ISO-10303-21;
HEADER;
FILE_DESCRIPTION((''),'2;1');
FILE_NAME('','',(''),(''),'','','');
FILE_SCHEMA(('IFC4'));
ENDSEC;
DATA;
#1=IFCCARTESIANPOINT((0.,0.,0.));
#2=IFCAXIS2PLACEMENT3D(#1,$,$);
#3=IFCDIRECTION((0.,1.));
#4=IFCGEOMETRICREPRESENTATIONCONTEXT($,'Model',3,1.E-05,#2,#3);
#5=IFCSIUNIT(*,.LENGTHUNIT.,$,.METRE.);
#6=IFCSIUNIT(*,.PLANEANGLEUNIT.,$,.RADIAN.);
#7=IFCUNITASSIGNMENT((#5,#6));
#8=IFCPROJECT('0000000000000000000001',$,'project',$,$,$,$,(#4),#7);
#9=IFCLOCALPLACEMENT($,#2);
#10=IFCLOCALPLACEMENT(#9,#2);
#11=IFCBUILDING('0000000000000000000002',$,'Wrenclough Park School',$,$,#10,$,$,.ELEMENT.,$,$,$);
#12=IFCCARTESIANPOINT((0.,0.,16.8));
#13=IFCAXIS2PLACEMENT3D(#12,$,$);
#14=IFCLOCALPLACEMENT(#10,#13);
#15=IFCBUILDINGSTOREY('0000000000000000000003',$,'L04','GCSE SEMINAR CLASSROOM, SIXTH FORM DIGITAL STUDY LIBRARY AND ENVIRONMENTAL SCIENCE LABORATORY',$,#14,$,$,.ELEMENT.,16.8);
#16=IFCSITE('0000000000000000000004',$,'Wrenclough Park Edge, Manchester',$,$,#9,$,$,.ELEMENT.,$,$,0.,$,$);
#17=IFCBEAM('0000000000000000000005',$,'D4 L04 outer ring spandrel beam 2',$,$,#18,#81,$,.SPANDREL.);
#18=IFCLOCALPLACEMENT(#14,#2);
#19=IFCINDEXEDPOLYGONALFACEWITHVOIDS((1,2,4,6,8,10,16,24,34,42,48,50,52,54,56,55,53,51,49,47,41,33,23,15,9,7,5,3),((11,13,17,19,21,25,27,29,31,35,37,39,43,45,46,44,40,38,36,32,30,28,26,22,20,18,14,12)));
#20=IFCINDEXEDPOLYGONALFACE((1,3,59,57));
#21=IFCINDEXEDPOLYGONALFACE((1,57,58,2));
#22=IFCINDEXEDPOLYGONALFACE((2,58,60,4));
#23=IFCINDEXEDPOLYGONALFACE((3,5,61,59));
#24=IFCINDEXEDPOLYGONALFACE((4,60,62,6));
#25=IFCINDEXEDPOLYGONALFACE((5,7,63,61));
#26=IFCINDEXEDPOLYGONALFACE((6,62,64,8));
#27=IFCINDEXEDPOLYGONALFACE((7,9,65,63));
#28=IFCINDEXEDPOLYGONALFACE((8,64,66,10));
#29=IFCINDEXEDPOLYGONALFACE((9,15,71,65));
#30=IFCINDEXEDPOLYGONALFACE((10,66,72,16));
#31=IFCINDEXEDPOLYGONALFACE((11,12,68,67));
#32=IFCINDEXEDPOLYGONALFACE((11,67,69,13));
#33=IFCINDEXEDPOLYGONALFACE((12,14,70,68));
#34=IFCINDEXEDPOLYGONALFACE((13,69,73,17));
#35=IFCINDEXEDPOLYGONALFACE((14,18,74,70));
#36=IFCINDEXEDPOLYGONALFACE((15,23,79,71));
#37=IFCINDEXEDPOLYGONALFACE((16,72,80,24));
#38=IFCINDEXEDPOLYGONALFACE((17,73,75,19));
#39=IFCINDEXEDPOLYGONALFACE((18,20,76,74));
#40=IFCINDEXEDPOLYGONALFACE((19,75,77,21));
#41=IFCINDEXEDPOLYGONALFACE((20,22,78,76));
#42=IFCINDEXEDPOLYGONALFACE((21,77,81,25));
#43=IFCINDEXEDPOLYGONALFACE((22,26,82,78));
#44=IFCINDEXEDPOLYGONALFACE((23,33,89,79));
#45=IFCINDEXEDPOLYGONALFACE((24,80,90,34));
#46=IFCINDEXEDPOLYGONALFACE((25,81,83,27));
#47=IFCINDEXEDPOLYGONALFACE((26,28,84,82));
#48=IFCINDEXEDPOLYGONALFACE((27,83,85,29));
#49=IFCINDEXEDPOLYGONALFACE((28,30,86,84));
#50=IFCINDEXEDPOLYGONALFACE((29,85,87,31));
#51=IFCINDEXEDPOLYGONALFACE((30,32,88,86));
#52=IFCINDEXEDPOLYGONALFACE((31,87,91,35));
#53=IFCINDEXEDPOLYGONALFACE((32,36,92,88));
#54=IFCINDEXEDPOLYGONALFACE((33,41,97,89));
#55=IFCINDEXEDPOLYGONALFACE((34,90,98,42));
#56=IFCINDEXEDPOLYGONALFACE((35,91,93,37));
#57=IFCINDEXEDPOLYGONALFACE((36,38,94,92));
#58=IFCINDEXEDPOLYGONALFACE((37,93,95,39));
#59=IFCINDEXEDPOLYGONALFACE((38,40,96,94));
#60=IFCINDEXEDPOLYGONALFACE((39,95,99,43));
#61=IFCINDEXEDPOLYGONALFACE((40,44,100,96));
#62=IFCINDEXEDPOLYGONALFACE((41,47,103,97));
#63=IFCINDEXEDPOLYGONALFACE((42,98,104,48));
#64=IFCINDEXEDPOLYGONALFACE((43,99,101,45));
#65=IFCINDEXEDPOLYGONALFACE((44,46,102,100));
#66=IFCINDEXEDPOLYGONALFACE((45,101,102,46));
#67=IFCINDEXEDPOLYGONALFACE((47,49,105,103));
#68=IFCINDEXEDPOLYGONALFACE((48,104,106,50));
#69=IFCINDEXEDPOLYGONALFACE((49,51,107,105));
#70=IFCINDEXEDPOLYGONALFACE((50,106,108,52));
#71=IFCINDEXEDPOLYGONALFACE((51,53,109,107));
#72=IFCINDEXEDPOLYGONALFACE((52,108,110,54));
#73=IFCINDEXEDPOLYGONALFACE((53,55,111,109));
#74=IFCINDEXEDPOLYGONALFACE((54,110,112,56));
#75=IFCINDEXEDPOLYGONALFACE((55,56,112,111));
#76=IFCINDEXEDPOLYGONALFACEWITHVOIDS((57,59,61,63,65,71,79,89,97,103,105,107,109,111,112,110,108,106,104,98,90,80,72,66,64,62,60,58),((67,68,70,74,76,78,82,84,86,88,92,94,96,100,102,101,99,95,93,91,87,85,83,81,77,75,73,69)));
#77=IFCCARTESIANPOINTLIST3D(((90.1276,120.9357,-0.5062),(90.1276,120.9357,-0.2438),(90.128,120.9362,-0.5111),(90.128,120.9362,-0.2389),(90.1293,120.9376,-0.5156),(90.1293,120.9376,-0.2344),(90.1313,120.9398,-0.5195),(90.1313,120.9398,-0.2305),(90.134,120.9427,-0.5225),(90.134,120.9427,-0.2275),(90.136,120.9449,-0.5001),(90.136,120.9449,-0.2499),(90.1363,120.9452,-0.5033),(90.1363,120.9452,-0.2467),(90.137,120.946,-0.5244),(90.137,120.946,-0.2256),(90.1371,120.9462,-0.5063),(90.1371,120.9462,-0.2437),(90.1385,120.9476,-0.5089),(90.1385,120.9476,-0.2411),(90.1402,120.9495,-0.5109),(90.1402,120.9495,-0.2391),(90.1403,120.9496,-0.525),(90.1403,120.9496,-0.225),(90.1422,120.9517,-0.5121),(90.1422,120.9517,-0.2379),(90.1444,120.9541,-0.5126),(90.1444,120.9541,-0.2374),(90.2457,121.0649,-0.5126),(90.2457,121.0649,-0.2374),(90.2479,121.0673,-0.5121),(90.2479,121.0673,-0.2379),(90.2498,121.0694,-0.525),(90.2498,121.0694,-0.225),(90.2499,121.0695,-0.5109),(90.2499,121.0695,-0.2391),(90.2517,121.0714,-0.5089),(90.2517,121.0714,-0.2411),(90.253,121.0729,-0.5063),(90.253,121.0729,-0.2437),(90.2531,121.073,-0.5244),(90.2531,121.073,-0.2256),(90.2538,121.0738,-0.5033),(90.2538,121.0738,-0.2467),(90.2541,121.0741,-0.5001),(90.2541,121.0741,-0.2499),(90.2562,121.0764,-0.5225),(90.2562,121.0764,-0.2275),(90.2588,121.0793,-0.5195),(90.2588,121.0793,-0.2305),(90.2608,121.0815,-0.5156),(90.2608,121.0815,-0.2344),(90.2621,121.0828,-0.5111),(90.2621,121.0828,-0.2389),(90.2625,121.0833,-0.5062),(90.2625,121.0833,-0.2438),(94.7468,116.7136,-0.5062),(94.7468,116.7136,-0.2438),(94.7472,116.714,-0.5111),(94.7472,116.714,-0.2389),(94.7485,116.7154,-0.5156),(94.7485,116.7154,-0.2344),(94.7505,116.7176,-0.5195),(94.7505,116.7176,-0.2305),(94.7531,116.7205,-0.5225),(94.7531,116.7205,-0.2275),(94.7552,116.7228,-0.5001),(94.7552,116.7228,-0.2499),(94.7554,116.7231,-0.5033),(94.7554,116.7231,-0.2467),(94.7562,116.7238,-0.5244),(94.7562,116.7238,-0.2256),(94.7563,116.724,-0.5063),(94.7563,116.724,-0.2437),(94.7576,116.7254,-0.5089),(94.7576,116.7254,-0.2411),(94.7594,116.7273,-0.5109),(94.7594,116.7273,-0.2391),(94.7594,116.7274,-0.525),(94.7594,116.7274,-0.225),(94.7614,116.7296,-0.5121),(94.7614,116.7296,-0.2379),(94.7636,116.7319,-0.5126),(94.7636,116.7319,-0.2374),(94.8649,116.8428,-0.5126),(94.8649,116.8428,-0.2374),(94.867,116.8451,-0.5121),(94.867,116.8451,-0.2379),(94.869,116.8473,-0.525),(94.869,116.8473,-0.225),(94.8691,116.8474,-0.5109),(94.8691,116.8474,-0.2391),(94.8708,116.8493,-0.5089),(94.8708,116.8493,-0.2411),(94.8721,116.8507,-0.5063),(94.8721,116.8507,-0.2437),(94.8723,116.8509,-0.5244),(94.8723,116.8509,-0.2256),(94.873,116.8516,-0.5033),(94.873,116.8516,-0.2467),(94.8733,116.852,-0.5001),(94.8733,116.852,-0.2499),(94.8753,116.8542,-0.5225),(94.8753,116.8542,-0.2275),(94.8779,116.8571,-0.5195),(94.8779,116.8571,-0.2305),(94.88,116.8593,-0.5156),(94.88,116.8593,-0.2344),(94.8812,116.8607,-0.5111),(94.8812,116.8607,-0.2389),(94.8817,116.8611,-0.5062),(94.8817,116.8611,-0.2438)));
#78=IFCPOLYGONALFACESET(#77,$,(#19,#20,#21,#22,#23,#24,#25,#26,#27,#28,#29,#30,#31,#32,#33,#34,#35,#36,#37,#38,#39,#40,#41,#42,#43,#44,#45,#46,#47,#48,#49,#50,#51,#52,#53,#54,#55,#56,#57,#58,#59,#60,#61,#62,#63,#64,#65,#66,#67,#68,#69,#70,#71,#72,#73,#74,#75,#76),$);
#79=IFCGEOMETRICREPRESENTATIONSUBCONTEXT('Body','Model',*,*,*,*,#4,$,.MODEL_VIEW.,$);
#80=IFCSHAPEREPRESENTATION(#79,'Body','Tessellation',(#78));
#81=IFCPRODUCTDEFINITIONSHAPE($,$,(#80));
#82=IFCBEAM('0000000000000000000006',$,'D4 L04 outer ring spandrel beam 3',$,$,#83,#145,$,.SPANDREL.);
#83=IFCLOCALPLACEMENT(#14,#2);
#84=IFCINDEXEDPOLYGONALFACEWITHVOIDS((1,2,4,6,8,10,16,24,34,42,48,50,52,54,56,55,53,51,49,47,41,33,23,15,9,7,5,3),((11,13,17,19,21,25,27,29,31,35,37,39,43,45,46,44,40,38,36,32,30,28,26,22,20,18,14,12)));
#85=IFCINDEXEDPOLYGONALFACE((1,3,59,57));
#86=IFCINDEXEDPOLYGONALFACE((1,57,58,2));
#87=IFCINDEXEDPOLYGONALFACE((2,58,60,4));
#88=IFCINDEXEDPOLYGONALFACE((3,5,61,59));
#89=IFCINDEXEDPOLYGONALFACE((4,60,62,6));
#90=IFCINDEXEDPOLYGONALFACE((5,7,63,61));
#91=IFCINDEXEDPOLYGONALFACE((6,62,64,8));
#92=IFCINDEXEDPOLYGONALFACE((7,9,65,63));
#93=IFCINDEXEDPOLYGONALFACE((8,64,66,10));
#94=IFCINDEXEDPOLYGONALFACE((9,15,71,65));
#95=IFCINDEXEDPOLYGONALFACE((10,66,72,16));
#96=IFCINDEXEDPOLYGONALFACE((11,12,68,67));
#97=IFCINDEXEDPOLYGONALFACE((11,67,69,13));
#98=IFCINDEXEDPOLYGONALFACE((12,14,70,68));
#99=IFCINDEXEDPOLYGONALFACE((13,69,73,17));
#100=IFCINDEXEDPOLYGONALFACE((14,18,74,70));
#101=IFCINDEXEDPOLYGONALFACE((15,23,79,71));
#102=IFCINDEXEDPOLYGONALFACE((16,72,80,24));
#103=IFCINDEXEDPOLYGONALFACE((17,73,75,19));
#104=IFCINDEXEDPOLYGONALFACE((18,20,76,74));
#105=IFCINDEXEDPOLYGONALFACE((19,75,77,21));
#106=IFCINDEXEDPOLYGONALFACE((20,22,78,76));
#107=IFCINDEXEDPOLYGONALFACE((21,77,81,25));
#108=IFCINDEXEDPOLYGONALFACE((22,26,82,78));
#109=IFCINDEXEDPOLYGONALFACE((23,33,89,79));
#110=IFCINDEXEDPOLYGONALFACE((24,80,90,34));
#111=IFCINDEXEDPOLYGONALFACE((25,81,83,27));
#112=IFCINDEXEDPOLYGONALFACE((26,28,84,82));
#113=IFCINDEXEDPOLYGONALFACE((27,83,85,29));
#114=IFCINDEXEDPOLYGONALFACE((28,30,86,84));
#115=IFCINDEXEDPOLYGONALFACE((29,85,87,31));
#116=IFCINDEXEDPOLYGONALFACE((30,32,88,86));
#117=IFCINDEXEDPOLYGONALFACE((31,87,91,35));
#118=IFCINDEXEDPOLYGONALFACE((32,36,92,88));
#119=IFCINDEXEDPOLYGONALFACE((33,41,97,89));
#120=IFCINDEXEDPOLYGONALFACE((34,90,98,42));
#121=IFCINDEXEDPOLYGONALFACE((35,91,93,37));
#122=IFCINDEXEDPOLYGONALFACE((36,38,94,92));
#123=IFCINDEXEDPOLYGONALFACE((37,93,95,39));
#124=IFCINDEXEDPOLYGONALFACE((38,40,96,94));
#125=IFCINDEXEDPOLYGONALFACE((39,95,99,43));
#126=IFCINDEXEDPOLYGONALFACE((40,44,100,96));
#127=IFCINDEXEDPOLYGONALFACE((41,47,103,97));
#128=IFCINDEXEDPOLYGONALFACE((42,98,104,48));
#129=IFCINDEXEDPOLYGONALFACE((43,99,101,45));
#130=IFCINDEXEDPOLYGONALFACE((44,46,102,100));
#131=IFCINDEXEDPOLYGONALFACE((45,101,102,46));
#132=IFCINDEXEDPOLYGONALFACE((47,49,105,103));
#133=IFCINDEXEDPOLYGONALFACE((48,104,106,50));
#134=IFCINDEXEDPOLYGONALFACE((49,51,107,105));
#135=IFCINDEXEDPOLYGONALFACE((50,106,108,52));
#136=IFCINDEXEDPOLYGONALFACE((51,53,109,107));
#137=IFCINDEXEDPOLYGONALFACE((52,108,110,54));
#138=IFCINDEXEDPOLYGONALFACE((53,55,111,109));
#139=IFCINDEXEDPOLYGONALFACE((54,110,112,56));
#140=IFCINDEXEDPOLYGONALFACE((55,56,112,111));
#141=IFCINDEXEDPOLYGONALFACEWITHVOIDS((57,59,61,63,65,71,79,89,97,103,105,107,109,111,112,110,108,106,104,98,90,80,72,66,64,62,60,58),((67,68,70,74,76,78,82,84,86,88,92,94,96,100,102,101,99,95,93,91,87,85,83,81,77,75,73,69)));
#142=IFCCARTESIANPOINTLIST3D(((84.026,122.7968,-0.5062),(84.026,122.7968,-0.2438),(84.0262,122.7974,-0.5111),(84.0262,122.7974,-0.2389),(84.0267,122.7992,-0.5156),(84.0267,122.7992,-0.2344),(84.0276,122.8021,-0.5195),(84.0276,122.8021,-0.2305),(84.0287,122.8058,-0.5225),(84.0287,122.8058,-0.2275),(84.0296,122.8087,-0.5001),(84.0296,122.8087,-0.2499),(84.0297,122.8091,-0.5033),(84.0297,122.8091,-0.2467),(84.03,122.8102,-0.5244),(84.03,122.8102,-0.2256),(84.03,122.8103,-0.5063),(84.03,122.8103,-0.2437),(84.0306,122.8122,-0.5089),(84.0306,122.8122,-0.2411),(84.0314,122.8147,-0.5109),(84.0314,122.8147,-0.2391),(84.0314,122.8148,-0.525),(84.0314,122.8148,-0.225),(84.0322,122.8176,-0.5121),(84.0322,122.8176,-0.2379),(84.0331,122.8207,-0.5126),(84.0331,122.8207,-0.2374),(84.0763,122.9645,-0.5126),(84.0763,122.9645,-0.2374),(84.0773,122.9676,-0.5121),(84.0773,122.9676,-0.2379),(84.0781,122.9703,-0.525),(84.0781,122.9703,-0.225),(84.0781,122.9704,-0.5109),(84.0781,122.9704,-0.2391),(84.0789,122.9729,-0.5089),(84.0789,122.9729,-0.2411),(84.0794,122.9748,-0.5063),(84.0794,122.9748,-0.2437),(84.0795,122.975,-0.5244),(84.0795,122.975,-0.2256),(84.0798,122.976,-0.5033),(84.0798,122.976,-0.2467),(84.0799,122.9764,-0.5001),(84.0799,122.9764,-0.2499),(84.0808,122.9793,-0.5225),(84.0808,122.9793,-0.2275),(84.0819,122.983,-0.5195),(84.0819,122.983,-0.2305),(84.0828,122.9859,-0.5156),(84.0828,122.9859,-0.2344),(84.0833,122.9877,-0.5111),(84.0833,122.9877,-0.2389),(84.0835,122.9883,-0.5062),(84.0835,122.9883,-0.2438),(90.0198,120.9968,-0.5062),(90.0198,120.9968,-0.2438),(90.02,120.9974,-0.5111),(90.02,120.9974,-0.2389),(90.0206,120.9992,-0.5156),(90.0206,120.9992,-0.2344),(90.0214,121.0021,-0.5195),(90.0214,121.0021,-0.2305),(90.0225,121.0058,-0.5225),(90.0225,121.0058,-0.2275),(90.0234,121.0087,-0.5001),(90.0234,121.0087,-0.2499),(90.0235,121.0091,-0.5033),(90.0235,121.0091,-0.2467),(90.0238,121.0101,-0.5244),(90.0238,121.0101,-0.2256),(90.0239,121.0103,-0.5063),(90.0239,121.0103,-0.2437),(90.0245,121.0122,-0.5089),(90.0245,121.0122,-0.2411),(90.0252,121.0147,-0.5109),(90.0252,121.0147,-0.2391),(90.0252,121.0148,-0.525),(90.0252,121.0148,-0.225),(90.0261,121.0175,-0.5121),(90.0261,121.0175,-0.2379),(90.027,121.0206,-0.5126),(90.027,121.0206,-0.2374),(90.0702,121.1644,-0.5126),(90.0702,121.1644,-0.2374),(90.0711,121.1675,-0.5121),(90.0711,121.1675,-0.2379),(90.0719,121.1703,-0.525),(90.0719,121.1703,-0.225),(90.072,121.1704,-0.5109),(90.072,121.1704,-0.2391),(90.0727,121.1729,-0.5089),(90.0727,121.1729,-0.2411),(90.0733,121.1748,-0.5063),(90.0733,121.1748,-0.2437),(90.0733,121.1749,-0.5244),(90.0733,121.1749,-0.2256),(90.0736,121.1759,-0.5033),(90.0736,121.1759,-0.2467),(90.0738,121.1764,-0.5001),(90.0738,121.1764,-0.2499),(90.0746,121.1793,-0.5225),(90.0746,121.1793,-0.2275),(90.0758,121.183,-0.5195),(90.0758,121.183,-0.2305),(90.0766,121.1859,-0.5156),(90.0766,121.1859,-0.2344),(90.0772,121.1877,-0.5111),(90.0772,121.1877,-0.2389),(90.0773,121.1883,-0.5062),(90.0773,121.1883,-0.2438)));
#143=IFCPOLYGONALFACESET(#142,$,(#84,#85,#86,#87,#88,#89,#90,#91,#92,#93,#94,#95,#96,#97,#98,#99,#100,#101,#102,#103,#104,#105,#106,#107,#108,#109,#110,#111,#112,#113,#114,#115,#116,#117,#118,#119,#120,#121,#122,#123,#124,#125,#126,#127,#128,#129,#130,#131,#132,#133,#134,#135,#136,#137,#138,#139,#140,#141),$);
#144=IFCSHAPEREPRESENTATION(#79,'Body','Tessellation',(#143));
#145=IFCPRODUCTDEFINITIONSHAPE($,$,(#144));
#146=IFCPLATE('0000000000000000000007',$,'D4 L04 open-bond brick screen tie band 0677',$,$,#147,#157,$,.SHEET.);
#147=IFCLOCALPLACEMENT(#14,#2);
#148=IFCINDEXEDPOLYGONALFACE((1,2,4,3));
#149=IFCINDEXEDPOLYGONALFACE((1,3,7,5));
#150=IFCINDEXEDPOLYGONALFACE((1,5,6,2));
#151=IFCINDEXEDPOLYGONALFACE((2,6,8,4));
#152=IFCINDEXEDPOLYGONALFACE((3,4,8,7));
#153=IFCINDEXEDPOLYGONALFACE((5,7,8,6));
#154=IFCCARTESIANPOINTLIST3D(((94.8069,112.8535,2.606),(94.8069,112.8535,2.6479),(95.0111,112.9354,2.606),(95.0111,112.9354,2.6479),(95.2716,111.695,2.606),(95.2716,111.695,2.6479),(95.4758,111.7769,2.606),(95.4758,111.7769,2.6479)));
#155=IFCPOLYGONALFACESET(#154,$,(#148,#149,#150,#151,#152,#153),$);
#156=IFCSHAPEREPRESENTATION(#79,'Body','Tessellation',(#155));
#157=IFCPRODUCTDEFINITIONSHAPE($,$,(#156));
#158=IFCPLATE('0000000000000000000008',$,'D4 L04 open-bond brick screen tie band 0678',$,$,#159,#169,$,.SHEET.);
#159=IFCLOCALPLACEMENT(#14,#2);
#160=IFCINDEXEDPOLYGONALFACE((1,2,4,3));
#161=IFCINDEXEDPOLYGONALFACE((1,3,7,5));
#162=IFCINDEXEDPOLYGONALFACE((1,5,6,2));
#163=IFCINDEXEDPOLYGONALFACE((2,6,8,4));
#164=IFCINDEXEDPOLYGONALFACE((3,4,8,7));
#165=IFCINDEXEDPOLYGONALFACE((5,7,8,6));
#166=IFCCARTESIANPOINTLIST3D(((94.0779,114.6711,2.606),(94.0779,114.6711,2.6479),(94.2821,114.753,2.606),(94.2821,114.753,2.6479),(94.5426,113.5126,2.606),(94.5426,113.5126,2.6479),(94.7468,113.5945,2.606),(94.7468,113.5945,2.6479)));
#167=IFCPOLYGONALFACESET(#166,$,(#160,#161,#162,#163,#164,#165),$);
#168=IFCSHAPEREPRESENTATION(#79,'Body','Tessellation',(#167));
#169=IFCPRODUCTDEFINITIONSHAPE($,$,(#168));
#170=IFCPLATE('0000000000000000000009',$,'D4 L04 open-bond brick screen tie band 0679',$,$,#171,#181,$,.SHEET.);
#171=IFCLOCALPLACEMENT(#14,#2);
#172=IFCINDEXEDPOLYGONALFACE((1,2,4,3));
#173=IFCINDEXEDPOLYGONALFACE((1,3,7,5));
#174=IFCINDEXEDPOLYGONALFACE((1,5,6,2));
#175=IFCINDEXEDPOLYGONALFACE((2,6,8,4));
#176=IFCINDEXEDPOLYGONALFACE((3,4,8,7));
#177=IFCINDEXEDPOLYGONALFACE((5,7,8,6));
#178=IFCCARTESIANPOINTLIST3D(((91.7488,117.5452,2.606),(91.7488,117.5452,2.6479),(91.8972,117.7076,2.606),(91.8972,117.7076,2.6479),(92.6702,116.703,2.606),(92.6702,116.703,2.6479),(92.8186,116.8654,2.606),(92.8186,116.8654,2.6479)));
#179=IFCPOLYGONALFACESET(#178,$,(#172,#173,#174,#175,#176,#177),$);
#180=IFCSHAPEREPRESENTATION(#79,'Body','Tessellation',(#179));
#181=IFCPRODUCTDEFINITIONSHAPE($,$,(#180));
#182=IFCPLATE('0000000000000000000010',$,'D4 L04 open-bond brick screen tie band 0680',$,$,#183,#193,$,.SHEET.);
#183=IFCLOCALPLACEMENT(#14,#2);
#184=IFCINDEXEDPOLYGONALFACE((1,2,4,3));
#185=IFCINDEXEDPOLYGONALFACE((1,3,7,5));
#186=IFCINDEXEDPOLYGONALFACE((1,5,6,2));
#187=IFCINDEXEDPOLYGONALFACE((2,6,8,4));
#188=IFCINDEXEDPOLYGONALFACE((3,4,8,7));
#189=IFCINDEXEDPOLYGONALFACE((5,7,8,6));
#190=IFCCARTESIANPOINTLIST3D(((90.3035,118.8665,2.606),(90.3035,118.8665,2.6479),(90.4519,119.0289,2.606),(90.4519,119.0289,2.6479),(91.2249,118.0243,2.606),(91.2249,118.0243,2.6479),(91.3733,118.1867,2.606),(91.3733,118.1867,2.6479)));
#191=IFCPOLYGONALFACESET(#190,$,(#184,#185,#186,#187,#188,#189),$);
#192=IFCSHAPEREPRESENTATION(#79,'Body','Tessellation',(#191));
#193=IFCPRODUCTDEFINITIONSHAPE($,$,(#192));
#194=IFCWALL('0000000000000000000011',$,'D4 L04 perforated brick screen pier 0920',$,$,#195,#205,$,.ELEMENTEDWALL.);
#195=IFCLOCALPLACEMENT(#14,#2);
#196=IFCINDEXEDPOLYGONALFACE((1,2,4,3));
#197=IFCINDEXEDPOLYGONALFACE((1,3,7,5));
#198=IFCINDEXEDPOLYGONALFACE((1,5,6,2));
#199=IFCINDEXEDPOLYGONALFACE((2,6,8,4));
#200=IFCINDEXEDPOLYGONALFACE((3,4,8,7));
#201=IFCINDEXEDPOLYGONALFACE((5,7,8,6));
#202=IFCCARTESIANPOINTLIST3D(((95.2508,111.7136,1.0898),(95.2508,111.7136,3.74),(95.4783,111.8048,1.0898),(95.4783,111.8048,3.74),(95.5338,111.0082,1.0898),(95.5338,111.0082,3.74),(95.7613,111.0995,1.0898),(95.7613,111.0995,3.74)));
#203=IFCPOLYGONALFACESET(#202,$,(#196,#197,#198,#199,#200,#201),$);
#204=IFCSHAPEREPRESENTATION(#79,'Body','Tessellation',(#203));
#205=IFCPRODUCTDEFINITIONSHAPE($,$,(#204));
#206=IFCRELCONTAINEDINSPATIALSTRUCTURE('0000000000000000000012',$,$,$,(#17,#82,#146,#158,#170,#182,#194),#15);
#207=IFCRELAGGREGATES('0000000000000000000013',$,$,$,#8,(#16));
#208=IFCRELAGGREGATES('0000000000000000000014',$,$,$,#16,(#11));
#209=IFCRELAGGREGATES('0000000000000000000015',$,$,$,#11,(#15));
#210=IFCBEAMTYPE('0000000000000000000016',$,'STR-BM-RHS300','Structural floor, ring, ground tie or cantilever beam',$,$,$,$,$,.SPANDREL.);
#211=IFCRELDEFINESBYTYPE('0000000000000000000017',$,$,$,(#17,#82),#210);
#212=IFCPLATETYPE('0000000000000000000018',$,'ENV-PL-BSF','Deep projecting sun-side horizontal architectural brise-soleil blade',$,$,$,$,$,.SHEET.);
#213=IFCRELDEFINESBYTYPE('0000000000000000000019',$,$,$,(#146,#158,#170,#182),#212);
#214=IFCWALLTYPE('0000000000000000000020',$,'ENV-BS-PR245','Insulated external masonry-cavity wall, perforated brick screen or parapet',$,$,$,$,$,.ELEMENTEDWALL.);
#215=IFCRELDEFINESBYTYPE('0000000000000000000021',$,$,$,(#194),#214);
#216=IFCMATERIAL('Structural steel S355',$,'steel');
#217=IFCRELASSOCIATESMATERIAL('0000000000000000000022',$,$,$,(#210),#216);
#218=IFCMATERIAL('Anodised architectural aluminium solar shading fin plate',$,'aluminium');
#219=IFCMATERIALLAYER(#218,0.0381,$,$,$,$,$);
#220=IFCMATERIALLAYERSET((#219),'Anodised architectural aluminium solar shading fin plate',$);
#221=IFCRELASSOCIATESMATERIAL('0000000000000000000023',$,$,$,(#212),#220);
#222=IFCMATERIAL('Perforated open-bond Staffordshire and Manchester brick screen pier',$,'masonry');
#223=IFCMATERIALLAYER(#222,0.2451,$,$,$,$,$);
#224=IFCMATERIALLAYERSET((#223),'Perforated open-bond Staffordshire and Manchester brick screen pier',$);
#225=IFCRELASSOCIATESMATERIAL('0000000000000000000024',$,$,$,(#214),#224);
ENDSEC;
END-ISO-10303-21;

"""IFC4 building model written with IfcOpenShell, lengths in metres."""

from ifc_helpers import new_model, si_unit, direction, frame, frame_2d, origin, origin_2d, place, context, subcontext, project, spatial, rectangle, hollow_rectangle, extrude, material, layer, layer_set, material_profile, profile_set, type_object, element, save


model = new_model("IFC4")

# Units and contexts
model_context = context("Model", 3, precision=1e-05, world=origin(), true_north=direction((0.0, 1.0)))
body_context = subcontext(model_context, "Body", "Model", "MODEL_VIEW")
ifc_project = project(units=[si_unit("LENGTHUNIT", "METRE"), si_unit("PLANEANGLEUNIT", "RADIAN")], contexts=[model_context])

# Site, building, storey
site_placement = place(None, origin())
site = spatial("IfcSite", under=ifc_project, at=site_placement, Name="Wrenclough Park Edge, Manchester", CompositionType="ELEMENT", RefElevation=0.0)
building_placement = place(site_placement, origin())
building = spatial("IfcBuilding", under=site, at=building_placement, Name="Wrenclough Park School", CompositionType="ELEMENT")
storey_placement = place(building_placement, frame((0.0, 0.0, 16.8)))
storey = spatial("IfcBuildingStorey", under=building, at=storey_placement, Name="L04", Description="GCSE SEMINAR CLASSROOM, SIXTH FORM DIGITAL STUDY LIBRARY AND ENVIRONMENTAL SCIENCE LABORATORY", CompositionType="ELEMENT", Elevation=16.8)

# Shared definitions
ifc_material_1 = material(Name="Structural steel S355", Category="steel")

# Beams
ifc_material_profile_1 = material_profile(ifc_material_1, hollow_rectangle(XDim=0.2, YDim=0.3, WallThickness=0.0125, InnerFilletRadius=0.0125, OuterFilletRadius=0.0188, at=origin_2d()), Name="RHS 300x200x12.5")
ifc_profile_set_1 = profile_set([ifc_material_profile_1], Name="Structural steel S355")
beam_type = type_object("IfcBeamType", Name="STR-BM-RHS300", Description="Structural floor, ring, ground tie or cantilever beam", PredefinedType="SPANDREL", material=ifc_profile_set_1)
beam_1_placement = place(storey_placement, frame((94.8142, 116.7874, -0.375), z_axis=(-0.738112, 0.674678, 0.0), x_axis=(-0.674678, -0.738112, 0.0)))
element("IfcBeam", 1, at=beam_1_placement, inside=storey, type_object=beam_type, Name="D4 L04 outer ring spandrel beam 2", PredefinedType="SPANDREL", context=body_context, shape_type="SweptSolid", body=[
    extrude(hollow_rectangle(XDim=0.2, YDim=0.3, WallThickness=0.0125, InnerFilletRadius=0.0125, OuterFilletRadius=0.0188, at=origin_2d()), origin(), (0.0, 0.0, 1.0), 6.2581),
])
beam_2_placement = place(storey_placement, frame((90.0486, 121.0925, -0.375), z_axis=(-0.957744, 0.287623, 0.0), x_axis=(-0.287623, -0.957744, 0.0)))
element("IfcBeam", 2, at=beam_2_placement, inside=storey, type_object=beam_type, Name="D4 L04 outer ring spandrel beam 3", PredefinedType="SPANDREL", context=body_context, shape_type="SweptSolid", body=[
    extrude(hollow_rectangle(XDim=0.2, YDim=0.3, WallThickness=0.0125, InnerFilletRadius=0.0125, OuterFilletRadius=0.0188, at=origin_2d()), origin(), (0.0, 0.0, 1.0), 6.2583),
])

# Plates
ifc_material_2 = material(Name="Anodised architectural aluminium solar shading fin plate", Category="aluminium")
ifc_layer_1 = layer(ifc_material_2, 0.0381)
ifc_layer_set_1 = layer_set([ifc_layer_1], Name="Anodised architectural aluminium solar shading fin plate")
plate_type = type_object("IfcPlateType", Name="ENV-PL-BSF", Description="Deep projecting sun-side horizontal architectural brise-soleil blade", PredefinedType="SHEET", material=ifc_layer_set_1)
for number, where, z_axis, x_axis, name in (
    (3, (95.1414, 112.3152, 2.606), (0.0, 0.0, 1.0), (-0.372297, 0.928113, 0.0), "D4 L04 open-bond brick screen tie band 0677"),
    (4, (94.4124, 114.1328, 2.606), (0.0, 0.0, 1.0), (-0.372297, 0.928113, 0.0), "D4 L04 open-bond brick screen tie band 0678"),
    (5, (92.2837, 117.2053, 2.606), (0.0, 0.0, 1.0), (-0.738116, 0.674673, 0.0), "D4 L04 open-bond brick screen tie band 0679"),
    (6, (90.8384, 118.5266, 2.606), (0.0, 0.0, 1.0), (-0.738116, 0.674673, 0.0), "D4 L04 open-bond brick screen tie band 0680"),
):
    element("IfcPlate", number, at=place(storey_placement, frame(where, z_axis=z_axis, x_axis=x_axis)), inside=storey, type_object=plate_type, Name=name, PredefinedType="SHEET", context=body_context, shape_type="SweptSolid", body=[
        extrude(rectangle(XDim=1.2483, YDim=0.22, at=origin_2d()), origin(), (0.0, 0.0, 1.0), 0.042),
    ])

# Wall
ifc_material_3 = material(Name="Perforated open-bond Staffordshire and Manchester brick screen pier", Category="masonry")
ifc_layer_2 = layer(ifc_material_3, 0.2451)
ifc_layer_set_2 = layer_set([ifc_layer_2], Name="Perforated open-bond Staffordshire and Manchester brick screen pier")
wall_type_1 = type_object("IfcWallType", Name="ENV-BS-PR245", Description="Insulated external masonry-cavity wall, perforated brick screen or parapet", PredefinedType="ELEMENTEDWALL", material=ifc_layer_set_2)
wall_1_placement = place(storey_placement, frame((95.6475, 111.054, 1.0898), z_axis=(0.0, 0.0, 1.0), x_axis=(-0.372332, 0.9281, 0.0)))
element("IfcWall", 7, at=wall_1_placement, inside=storey, type_object=wall_type_1, Name="D4 L04 perforated brick screen pier 0920", PredefinedType="ELEMENTEDWALL", context=body_context, shape_type="SweptSolid", body=[
    extrude(rectangle(XDim=0.76, YDim=0.2451, at=frame_2d((0.3799, 0.0))), origin(), (0.0, 0.0, 1.0), 2.6501),
])

save(model, "model.ifc")
